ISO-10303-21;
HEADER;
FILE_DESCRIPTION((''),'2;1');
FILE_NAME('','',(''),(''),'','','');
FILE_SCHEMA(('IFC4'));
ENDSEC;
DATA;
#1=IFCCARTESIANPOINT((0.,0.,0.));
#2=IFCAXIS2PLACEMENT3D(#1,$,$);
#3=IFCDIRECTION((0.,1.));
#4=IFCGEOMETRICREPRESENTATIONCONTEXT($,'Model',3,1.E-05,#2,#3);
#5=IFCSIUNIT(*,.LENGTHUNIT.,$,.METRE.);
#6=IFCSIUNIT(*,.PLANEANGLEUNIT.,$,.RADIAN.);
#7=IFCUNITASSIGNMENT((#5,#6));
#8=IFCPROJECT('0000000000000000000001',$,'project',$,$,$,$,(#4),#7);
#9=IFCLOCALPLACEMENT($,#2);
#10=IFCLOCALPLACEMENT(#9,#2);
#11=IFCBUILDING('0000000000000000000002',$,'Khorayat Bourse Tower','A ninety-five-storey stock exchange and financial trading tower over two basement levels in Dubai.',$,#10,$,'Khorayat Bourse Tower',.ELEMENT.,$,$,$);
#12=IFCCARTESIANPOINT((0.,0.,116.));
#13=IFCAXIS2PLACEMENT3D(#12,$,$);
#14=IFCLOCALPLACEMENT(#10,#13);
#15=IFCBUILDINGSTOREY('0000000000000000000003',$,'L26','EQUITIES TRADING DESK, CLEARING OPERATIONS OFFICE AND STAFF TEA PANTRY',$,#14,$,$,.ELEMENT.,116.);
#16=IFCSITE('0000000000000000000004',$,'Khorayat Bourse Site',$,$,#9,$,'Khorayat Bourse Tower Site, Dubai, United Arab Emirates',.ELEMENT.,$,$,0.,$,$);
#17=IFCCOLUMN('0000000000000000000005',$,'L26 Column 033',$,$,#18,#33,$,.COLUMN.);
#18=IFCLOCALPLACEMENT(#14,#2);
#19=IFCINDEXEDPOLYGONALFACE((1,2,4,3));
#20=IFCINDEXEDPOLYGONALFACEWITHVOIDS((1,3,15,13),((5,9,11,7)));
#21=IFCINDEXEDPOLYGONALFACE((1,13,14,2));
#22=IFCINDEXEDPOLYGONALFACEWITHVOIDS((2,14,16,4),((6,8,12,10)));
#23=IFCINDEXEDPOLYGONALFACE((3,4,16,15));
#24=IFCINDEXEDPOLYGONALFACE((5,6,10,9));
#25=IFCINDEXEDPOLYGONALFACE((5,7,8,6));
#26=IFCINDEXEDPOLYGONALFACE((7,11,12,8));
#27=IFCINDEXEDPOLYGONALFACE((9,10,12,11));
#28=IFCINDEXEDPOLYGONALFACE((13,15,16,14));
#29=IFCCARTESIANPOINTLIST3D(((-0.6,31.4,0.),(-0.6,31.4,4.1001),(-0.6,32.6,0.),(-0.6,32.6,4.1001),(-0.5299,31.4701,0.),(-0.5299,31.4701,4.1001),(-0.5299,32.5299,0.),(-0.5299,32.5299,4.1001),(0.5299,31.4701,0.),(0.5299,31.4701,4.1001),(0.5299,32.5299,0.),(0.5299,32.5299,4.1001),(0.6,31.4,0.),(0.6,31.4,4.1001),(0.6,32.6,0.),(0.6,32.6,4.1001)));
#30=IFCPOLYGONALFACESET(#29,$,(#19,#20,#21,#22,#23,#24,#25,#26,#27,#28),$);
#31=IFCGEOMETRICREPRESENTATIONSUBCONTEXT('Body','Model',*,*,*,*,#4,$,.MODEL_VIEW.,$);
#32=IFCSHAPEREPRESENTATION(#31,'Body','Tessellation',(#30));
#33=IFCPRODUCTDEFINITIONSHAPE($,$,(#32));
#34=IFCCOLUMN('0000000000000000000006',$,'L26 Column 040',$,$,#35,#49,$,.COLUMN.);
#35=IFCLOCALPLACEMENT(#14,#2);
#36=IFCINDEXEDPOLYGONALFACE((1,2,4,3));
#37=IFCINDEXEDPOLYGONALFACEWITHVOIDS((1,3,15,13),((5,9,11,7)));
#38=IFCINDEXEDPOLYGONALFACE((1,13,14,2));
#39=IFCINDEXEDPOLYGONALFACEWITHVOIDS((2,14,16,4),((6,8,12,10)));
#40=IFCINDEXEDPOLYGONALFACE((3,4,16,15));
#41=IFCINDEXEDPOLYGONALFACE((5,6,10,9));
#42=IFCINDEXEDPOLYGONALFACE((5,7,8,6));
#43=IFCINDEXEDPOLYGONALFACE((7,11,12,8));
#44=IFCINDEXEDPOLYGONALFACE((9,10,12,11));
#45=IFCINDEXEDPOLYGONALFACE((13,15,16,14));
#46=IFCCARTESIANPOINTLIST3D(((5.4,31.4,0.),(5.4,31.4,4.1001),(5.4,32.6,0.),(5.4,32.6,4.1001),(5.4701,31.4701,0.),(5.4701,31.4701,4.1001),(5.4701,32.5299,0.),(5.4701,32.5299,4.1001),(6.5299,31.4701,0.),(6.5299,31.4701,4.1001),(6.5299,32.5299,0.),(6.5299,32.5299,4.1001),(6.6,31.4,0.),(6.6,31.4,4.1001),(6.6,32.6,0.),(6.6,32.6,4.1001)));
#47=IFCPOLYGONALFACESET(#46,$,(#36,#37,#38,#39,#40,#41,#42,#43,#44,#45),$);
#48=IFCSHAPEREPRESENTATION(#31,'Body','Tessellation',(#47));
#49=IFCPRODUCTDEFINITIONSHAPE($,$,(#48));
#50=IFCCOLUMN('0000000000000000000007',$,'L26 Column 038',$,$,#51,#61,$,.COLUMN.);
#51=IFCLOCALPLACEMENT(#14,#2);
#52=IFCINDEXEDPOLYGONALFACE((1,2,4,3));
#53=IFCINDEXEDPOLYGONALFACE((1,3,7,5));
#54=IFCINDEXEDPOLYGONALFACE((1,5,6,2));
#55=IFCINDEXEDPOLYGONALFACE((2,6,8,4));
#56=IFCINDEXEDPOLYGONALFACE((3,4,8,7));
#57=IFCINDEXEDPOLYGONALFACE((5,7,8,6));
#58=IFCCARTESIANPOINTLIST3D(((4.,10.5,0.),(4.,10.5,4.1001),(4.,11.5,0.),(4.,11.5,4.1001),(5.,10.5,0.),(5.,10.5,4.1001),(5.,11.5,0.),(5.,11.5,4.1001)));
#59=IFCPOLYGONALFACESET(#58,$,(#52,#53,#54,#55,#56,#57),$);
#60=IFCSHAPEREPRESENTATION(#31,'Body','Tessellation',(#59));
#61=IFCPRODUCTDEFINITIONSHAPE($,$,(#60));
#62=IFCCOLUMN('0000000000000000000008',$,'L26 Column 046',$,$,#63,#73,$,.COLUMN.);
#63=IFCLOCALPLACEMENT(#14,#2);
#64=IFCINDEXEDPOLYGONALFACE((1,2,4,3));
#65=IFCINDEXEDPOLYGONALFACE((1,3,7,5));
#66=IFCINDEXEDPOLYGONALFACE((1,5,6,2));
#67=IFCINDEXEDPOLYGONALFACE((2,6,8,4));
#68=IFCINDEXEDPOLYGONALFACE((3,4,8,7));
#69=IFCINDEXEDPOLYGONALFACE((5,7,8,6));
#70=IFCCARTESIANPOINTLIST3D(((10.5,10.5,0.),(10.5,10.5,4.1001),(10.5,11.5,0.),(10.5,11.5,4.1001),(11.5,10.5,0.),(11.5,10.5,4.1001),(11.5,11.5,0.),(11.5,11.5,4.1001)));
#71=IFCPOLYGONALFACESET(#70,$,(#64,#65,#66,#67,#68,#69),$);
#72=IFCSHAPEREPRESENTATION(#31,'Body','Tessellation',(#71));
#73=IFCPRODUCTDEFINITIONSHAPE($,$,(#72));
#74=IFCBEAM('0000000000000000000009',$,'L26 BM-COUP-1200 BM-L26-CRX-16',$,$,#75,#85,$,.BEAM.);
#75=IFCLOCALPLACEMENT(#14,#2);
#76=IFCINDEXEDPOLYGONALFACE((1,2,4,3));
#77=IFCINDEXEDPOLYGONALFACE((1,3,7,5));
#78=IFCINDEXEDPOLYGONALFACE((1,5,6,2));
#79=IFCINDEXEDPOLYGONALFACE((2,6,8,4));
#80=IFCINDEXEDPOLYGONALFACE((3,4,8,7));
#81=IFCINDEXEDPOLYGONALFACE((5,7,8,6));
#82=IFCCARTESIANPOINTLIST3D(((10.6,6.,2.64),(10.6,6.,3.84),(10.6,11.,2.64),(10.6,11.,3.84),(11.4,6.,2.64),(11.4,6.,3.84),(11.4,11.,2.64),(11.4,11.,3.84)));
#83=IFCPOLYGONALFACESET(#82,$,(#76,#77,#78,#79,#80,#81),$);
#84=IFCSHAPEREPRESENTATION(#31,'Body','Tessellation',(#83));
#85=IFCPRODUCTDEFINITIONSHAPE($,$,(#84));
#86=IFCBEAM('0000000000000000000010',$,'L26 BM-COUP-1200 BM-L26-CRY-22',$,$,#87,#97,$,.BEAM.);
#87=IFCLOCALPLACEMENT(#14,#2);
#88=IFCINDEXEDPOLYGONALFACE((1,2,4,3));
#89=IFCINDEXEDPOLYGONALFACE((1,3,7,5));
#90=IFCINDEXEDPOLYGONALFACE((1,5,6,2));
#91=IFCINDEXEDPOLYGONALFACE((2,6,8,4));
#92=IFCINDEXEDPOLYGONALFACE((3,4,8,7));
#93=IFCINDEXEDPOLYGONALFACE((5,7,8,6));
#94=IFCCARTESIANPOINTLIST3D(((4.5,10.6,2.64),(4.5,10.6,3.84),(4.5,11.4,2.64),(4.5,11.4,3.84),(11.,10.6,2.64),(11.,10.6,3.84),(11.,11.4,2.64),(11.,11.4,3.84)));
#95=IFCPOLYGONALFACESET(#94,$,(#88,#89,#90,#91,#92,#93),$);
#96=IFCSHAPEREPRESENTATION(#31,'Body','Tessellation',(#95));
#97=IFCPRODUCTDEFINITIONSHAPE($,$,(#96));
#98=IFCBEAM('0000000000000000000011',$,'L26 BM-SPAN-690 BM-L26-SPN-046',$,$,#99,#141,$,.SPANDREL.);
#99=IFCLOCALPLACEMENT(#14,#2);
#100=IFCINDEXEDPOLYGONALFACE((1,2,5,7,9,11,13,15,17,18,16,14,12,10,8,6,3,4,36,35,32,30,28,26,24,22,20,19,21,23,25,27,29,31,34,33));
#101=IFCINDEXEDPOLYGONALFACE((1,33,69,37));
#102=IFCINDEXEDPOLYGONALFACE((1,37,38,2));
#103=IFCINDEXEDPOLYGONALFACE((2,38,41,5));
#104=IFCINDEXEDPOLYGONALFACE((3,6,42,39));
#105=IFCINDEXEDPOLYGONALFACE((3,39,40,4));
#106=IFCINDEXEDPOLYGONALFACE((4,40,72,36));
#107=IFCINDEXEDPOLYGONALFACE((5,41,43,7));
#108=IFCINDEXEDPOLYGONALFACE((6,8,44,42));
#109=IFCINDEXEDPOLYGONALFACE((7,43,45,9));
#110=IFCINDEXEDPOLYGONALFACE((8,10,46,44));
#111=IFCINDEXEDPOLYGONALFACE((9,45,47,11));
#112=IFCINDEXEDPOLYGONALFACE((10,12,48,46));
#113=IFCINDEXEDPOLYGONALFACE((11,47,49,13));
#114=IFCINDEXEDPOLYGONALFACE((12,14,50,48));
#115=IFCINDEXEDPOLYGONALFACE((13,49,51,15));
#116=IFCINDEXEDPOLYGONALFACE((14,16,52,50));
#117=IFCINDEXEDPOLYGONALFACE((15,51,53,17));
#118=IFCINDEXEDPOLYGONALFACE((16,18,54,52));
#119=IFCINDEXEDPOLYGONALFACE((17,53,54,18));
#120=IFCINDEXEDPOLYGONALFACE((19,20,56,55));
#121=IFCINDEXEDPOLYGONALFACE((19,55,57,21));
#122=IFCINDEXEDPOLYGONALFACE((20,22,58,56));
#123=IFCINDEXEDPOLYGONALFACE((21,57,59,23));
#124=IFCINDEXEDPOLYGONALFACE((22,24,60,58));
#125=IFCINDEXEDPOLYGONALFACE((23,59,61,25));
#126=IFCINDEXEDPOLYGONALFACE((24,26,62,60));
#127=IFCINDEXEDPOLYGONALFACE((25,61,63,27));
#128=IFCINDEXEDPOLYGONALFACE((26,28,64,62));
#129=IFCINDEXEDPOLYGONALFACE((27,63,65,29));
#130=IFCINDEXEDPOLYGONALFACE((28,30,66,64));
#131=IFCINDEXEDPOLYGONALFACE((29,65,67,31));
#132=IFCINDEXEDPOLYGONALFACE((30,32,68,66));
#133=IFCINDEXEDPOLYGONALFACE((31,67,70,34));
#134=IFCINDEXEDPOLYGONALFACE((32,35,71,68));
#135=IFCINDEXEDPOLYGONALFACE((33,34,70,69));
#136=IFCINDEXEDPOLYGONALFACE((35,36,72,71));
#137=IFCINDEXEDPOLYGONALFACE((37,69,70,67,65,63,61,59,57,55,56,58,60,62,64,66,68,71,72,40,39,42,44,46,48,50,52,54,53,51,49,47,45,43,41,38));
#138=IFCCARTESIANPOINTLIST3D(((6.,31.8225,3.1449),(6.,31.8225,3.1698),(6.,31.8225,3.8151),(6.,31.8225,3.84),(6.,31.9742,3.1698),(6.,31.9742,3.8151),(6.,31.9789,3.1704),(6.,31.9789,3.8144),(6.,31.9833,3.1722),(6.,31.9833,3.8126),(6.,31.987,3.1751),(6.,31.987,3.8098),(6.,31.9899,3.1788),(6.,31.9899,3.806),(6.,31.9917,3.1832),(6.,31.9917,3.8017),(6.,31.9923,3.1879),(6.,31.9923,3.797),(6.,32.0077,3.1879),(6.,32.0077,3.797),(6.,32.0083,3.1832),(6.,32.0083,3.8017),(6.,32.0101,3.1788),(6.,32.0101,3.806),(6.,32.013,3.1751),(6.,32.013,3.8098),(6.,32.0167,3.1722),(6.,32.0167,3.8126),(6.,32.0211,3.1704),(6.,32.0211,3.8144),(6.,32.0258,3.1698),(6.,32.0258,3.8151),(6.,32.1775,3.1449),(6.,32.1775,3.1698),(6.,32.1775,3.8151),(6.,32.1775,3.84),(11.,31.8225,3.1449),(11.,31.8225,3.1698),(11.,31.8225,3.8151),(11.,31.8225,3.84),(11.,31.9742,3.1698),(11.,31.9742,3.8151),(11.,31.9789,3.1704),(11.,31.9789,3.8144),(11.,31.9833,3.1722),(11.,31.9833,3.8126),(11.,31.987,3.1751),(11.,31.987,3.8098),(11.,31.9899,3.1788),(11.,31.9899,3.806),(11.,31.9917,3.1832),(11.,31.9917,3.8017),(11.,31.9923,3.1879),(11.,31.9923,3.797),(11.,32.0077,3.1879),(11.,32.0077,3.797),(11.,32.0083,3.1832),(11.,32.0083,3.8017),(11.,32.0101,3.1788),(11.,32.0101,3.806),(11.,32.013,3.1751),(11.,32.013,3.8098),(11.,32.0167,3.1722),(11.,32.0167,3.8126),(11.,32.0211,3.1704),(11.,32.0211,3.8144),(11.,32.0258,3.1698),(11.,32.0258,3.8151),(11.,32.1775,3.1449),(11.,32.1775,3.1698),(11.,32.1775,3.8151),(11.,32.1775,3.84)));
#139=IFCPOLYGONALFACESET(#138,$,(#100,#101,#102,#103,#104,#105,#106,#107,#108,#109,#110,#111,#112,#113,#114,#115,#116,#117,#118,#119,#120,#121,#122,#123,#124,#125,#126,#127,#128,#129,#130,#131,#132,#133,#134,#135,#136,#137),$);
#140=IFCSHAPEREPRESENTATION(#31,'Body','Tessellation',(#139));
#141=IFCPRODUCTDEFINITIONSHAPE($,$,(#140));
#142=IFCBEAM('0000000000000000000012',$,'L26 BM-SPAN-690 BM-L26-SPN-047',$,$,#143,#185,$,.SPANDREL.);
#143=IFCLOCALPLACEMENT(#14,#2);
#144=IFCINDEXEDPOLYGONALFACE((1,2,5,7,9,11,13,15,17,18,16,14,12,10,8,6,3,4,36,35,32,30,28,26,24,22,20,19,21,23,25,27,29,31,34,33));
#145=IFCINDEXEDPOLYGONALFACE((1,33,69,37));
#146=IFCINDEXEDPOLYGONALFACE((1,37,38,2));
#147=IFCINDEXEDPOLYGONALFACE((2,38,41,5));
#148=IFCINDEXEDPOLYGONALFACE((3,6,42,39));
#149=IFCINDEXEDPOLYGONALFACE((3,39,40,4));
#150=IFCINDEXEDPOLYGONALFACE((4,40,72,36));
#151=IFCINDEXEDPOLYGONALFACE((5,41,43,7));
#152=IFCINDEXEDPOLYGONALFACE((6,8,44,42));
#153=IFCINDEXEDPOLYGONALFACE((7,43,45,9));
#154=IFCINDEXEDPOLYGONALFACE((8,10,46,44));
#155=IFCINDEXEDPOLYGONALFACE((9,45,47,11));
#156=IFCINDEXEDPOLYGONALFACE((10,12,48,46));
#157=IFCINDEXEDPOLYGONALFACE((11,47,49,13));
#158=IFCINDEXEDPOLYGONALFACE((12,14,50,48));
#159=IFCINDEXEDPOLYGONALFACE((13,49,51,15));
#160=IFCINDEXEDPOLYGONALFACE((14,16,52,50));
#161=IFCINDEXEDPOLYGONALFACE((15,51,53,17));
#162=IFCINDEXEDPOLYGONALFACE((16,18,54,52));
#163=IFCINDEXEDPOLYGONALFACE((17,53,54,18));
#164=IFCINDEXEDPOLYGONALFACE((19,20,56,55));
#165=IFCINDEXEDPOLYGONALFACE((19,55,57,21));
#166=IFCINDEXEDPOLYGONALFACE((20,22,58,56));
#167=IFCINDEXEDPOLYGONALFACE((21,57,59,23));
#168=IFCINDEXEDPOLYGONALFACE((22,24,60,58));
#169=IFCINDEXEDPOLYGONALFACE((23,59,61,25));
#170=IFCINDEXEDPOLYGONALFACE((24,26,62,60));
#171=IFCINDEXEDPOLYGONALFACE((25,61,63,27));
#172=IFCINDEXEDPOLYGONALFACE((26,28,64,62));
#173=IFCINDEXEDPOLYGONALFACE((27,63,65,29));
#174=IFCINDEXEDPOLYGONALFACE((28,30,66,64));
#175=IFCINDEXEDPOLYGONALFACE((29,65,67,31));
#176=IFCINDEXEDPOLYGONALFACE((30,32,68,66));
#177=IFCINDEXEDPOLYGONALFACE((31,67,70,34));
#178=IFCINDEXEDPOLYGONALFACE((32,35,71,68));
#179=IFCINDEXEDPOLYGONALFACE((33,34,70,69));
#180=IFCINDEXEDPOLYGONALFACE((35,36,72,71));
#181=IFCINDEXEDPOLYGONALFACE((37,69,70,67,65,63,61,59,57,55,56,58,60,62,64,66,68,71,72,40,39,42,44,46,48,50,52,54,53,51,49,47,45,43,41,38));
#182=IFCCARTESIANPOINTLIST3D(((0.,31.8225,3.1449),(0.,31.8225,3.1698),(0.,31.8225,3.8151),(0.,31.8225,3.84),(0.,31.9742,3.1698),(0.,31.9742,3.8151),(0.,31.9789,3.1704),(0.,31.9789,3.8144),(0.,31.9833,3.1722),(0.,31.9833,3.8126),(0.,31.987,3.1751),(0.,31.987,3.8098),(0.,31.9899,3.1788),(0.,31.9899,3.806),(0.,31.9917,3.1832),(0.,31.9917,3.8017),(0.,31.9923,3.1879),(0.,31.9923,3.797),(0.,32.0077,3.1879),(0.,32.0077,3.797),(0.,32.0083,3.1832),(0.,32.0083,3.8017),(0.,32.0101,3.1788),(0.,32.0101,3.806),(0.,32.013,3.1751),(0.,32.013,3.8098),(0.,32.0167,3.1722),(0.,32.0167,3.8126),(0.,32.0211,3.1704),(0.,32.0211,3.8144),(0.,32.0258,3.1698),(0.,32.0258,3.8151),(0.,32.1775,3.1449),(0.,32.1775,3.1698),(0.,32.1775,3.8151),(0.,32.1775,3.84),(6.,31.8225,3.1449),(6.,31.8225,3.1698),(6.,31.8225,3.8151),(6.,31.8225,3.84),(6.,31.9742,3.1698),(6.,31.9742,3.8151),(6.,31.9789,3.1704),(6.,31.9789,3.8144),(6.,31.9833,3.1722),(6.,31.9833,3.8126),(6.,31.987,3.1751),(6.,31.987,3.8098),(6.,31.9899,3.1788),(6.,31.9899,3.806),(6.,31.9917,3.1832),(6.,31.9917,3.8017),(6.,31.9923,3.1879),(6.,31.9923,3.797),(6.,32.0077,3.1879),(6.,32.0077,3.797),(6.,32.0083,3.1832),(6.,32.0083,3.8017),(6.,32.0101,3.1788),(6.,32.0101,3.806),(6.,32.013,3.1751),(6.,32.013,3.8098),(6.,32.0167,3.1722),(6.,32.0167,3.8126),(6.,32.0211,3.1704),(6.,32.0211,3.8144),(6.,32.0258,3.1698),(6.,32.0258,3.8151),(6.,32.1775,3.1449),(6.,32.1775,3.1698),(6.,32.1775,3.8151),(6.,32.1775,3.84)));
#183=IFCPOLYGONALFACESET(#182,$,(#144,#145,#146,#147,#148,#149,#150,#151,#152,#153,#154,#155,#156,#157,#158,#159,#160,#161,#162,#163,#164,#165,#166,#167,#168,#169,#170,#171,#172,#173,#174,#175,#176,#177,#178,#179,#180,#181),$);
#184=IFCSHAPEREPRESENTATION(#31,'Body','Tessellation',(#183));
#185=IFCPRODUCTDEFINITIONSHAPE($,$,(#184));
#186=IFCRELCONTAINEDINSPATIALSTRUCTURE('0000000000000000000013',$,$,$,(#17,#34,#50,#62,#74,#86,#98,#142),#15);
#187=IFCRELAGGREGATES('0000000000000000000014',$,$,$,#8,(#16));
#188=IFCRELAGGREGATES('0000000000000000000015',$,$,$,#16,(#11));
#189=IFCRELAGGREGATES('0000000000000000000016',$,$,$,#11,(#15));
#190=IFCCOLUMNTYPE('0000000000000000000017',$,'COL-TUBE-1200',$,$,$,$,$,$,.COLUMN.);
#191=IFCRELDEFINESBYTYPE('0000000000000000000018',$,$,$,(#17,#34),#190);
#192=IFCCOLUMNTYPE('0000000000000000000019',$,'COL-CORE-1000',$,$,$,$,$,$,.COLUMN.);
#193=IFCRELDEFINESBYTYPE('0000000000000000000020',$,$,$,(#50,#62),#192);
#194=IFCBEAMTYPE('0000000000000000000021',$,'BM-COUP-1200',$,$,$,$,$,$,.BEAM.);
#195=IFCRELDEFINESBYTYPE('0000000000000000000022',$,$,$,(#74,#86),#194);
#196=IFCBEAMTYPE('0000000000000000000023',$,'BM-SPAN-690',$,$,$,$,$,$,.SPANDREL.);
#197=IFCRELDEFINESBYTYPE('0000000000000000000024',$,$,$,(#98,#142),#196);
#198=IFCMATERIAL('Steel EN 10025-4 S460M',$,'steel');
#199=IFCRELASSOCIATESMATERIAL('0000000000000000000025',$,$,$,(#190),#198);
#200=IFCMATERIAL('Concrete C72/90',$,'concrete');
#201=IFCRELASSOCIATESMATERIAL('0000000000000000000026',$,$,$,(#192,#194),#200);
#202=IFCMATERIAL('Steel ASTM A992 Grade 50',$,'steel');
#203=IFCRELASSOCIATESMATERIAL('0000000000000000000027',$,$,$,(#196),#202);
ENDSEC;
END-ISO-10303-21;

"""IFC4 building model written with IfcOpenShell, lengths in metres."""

from ifc_helpers import new_model, si_unit, direction, frame, origin, origin_2d, place, context, subcontext, project, spatial, rectangle, hollow_rectangle, i_section, extrude, source, transform, mapped, material, material_profile, profile_set, type_object, element, save


model = new_model("IFC4")

# Units and contexts
model_context = context("Model", 3, precision=1e-05, world=origin(), true_north=direction((0.0, 1.0)))
body_context = subcontext(model_context, "Body", "Model", "MODEL_VIEW")
ifc_project = project(units=[si_unit("LENGTHUNIT", "METRE"), si_unit("PLANEANGLEUNIT", "RADIAN")], contexts=[model_context])

# Site, building, storey
site_placement = place(None, origin())
site = spatial("IfcSite", under=ifc_project, at=site_placement, Name="Khorayat Bourse Site", LongName="Khorayat Bourse Tower Site, Dubai, United Arab Emirates", CompositionType="ELEMENT", RefElevation=0.0)
building_placement = place(site_placement, origin())
building = spatial("IfcBuilding", under=site, at=building_placement, Name="Khorayat Bourse Tower", Description="A ninety-five-storey stock exchange and financial trading tower over two basement levels in Dubai.", LongName="Khorayat Bourse Tower", CompositionType="ELEMENT")
storey_placement = place(building_placement, frame((0.0, 0.0, 116.0)))
storey = spatial("IfcBuildingStorey", under=building, at=storey_placement, Name="L26", Description="EQUITIES TRADING DESK, CLEARING OPERATIONS OFFICE AND STAFF TEA PANTRY", CompositionType="ELEMENT", Elevation=116.0)

# Columns
ifc_material_1 = material(Name="Steel EN 10025-4 S460M", Category="steel")
ifc_material_profile_1 = material_profile(ifc_material_1, hollow_rectangle(XDim=1.2, YDim=1.2, WallThickness=0.0701, at=origin_2d()), Name="BOX 1200x1200x70")
ifc_profile_set_1 = profile_set([ifc_material_profile_1], Name="Steel EN 10025-4 S460M")
column_type_1 = type_object("IfcColumnType", Name="COL-TUBE-1200", PredefinedType="COLUMN", material=ifc_profile_set_1)
shared_shape_1 = source(origin(), body_context, "Body", "SweptSolid", [
    extrude(hollow_rectangle(XDim=1.2, YDim=1.2, WallThickness=0.0701, at=origin_2d()), origin(), (0.0, 0.0, 1.0), 4.1001),
])
for number, where, z_axis, x_axis, name in (
    (1, (0.0, 32.0, 0.0), (0.0, 0.0, 1.0), (1.0, 0.0, 0.0), "L26 Column 033"),
    (2, (6.0, 32.0, 0.0), (0.0, 0.0, 1.0), (1.0, 0.0, 0.0), "L26 Column 040"),
):
    element("IfcColumn", number, at=place(storey_placement, frame(where, z_axis=z_axis, x_axis=x_axis)), inside=storey, type_object=column_type_1, Name=name, PredefinedType="COLUMN", context=body_context, shape_type="MappedRepresentation", body=[
        mapped(shared_shape_1, transform((0.0, 0.0, 0.0), scale=1.0)),
    ])
ifc_material_2 = material(Name="Concrete C72/90", Category="concrete")
ifc_material_profile_2 = material_profile(ifc_material_2, rectangle(XDim=1.0, YDim=1.0, at=origin_2d()), Name="RC 1000x1000")
ifc_profile_set_2 = profile_set([ifc_material_profile_2], Name="Concrete C72/90")
column_type_2 = type_object("IfcColumnType", Name="COL-CORE-1000", PredefinedType="COLUMN", material=ifc_profile_set_2)
shared_shape_2 = source(origin(), body_context, "Body", "SweptSolid", [
    extrude(rectangle(XDim=1.0, YDim=1.0, at=origin_2d()), origin(), (0.0, 0.0, 1.0), 4.1001),
])
for number, where, z_axis, x_axis, name in (
    (3, (4.5, 11.0, 0.0), (0.0, 0.0, 1.0), (1.0, 0.0, 0.0), "L26 Column 038"),
    (4, (11.0, 11.0, 0.0), (0.0, 0.0, 1.0), (1.0, 0.0, 0.0), "L26 Column 046"),
):
    element("IfcColumn", number, at=place(storey_placement, frame(where, z_axis=z_axis, x_axis=x_axis)), inside=storey, type_object=column_type_2, Name=name, PredefinedType="COLUMN", context=body_context, shape_type="MappedRepresentation", body=[
        mapped(shared_shape_2, transform((0.0, 0.0, 0.0), scale=1.0)),
    ])

# Beams
ifc_material_profile_3 = material_profile(ifc_material_2, rectangle(XDim=0.8, YDim=1.2, at=origin_2d()), Name="RC 800x1200")
ifc_profile_set_3 = profile_set([ifc_material_profile_3], Name="Concrete C72/90")
beam_type_1 = type_object("IfcBeamType", Name="BM-COUP-1200", PredefinedType="BEAM", material=ifc_profile_set_3)
shared_shape_3 = source(origin(), body_context, "Body", "SweptSolid", [
    extrude(rectangle(XDim=0.8, YDim=1.2, at=origin_2d()), origin(), (0.0, 0.0, 1.0), 5.0),
])
beam_1_placement = place(storey_placement, frame((11.0, 6.0, 3.24), z_axis=(0.0, 1.0, 0.0), x_axis=(-1.0, 0.0, 0.0)))
element("IfcBeam", 5, at=beam_1_placement, inside=storey, type_object=beam_type_1, Name="L26 BM-COUP-1200 BM-L26-CRX-16", PredefinedType="BEAM", context=body_context, shape_type="MappedRepresentation", body=[
    mapped(shared_shape_3, transform((0.0, 0.0, 0.0), scale=1.0)),
])
shared_shape_4 = source(origin(), body_context, "Body", "SweptSolid", [
    extrude(rectangle(XDim=0.8, YDim=1.2, at=origin_2d()), origin(), (0.0, 0.0, 1.0), 6.5),
])
beam_2_placement = place(storey_placement, frame((4.5, 11.0, 3.24), z_axis=(1.0, 0.0, 0.0), x_axis=(0.0, 1.0, 0.0)))
element("IfcBeam", 6, at=beam_2_placement, inside=storey, type_object=beam_type_1, Name="L26 BM-COUP-1200 BM-L26-CRY-22", PredefinedType="BEAM", context=body_context, shape_type="MappedRepresentation", body=[
    mapped(shared_shape_4, transform((0.0, 0.0, 0.0), scale=1.0)),
])
ifc_material_3 = material(Name="Steel ASTM A992 Grade 50", Category="steel")
ifc_material_profile_4 = material_profile(ifc_material_3, i_section(OverallWidth=0.355, OverallDepth=0.6951, WebThickness=0.0154, FlangeThickness=0.0249, FilletRadius=0.0181, at=origin_2d()), Name="W690X217")
ifc_profile_set_4 = profile_set([ifc_material_profile_4], Name="Steel ASTM A992 Grade 50")
beam_type_2 = type_object("IfcBeamType", Name="BM-SPAN-690", PredefinedType="SPANDREL", material=ifc_profile_set_4)
shared_shape_5 = source(origin(), body_context, "Body", "SweptSolid", [
    extrude(i_section(OverallWidth=0.355, OverallDepth=0.6951, WebThickness=0.0154, FlangeThickness=0.0249, FilletRadius=0.0181, at=origin_2d()), origin(), (0.0, 0.0, 1.0), 5.0),
])
beam_3_placement = place(storey_placement, frame((6.0, 32.0, 3.4924), z_axis=(1.0, 0.0, 0.0), x_axis=(0.0, 1.0, 0.0)))
element("IfcBeam", 7, at=beam_3_placement, inside=storey, type_object=beam_type_2, Name="L26 BM-SPAN-690 BM-L26-SPN-046", PredefinedType="SPANDREL", context=body_context, shape_type="MappedRepresentation", body=[
    mapped(shared_shape_5, transform((0.0, 0.0, 0.0), scale=1.0)),
])
shared_shape_6 = source(origin(), body_context, "Body", "SweptSolid", [
    extrude(i_section(OverallWidth=0.355, OverallDepth=0.6951, WebThickness=0.0154, FlangeThickness=0.0249, FilletRadius=0.0181, at=origin_2d()), origin(), (0.0, 0.0, 1.0), 6.0),
])
beam_4_placement = place(storey_placement, frame((0.0, 32.0, 3.4924), z_axis=(1.0, 0.0, 0.0), x_axis=(0.0, 1.0, 0.0)))
element("IfcBeam", 8, at=beam_4_placement, inside=storey, type_object=beam_type_2, Name="L26 BM-SPAN-690 BM-L26-SPN-047", PredefinedType="SPANDREL", context=body_context, shape_type="MappedRepresentation", body=[
    mapped(shared_shape_6, transform((0.0, 0.0, 0.0), scale=1.0)),
])

save(model, "model.ifc")
